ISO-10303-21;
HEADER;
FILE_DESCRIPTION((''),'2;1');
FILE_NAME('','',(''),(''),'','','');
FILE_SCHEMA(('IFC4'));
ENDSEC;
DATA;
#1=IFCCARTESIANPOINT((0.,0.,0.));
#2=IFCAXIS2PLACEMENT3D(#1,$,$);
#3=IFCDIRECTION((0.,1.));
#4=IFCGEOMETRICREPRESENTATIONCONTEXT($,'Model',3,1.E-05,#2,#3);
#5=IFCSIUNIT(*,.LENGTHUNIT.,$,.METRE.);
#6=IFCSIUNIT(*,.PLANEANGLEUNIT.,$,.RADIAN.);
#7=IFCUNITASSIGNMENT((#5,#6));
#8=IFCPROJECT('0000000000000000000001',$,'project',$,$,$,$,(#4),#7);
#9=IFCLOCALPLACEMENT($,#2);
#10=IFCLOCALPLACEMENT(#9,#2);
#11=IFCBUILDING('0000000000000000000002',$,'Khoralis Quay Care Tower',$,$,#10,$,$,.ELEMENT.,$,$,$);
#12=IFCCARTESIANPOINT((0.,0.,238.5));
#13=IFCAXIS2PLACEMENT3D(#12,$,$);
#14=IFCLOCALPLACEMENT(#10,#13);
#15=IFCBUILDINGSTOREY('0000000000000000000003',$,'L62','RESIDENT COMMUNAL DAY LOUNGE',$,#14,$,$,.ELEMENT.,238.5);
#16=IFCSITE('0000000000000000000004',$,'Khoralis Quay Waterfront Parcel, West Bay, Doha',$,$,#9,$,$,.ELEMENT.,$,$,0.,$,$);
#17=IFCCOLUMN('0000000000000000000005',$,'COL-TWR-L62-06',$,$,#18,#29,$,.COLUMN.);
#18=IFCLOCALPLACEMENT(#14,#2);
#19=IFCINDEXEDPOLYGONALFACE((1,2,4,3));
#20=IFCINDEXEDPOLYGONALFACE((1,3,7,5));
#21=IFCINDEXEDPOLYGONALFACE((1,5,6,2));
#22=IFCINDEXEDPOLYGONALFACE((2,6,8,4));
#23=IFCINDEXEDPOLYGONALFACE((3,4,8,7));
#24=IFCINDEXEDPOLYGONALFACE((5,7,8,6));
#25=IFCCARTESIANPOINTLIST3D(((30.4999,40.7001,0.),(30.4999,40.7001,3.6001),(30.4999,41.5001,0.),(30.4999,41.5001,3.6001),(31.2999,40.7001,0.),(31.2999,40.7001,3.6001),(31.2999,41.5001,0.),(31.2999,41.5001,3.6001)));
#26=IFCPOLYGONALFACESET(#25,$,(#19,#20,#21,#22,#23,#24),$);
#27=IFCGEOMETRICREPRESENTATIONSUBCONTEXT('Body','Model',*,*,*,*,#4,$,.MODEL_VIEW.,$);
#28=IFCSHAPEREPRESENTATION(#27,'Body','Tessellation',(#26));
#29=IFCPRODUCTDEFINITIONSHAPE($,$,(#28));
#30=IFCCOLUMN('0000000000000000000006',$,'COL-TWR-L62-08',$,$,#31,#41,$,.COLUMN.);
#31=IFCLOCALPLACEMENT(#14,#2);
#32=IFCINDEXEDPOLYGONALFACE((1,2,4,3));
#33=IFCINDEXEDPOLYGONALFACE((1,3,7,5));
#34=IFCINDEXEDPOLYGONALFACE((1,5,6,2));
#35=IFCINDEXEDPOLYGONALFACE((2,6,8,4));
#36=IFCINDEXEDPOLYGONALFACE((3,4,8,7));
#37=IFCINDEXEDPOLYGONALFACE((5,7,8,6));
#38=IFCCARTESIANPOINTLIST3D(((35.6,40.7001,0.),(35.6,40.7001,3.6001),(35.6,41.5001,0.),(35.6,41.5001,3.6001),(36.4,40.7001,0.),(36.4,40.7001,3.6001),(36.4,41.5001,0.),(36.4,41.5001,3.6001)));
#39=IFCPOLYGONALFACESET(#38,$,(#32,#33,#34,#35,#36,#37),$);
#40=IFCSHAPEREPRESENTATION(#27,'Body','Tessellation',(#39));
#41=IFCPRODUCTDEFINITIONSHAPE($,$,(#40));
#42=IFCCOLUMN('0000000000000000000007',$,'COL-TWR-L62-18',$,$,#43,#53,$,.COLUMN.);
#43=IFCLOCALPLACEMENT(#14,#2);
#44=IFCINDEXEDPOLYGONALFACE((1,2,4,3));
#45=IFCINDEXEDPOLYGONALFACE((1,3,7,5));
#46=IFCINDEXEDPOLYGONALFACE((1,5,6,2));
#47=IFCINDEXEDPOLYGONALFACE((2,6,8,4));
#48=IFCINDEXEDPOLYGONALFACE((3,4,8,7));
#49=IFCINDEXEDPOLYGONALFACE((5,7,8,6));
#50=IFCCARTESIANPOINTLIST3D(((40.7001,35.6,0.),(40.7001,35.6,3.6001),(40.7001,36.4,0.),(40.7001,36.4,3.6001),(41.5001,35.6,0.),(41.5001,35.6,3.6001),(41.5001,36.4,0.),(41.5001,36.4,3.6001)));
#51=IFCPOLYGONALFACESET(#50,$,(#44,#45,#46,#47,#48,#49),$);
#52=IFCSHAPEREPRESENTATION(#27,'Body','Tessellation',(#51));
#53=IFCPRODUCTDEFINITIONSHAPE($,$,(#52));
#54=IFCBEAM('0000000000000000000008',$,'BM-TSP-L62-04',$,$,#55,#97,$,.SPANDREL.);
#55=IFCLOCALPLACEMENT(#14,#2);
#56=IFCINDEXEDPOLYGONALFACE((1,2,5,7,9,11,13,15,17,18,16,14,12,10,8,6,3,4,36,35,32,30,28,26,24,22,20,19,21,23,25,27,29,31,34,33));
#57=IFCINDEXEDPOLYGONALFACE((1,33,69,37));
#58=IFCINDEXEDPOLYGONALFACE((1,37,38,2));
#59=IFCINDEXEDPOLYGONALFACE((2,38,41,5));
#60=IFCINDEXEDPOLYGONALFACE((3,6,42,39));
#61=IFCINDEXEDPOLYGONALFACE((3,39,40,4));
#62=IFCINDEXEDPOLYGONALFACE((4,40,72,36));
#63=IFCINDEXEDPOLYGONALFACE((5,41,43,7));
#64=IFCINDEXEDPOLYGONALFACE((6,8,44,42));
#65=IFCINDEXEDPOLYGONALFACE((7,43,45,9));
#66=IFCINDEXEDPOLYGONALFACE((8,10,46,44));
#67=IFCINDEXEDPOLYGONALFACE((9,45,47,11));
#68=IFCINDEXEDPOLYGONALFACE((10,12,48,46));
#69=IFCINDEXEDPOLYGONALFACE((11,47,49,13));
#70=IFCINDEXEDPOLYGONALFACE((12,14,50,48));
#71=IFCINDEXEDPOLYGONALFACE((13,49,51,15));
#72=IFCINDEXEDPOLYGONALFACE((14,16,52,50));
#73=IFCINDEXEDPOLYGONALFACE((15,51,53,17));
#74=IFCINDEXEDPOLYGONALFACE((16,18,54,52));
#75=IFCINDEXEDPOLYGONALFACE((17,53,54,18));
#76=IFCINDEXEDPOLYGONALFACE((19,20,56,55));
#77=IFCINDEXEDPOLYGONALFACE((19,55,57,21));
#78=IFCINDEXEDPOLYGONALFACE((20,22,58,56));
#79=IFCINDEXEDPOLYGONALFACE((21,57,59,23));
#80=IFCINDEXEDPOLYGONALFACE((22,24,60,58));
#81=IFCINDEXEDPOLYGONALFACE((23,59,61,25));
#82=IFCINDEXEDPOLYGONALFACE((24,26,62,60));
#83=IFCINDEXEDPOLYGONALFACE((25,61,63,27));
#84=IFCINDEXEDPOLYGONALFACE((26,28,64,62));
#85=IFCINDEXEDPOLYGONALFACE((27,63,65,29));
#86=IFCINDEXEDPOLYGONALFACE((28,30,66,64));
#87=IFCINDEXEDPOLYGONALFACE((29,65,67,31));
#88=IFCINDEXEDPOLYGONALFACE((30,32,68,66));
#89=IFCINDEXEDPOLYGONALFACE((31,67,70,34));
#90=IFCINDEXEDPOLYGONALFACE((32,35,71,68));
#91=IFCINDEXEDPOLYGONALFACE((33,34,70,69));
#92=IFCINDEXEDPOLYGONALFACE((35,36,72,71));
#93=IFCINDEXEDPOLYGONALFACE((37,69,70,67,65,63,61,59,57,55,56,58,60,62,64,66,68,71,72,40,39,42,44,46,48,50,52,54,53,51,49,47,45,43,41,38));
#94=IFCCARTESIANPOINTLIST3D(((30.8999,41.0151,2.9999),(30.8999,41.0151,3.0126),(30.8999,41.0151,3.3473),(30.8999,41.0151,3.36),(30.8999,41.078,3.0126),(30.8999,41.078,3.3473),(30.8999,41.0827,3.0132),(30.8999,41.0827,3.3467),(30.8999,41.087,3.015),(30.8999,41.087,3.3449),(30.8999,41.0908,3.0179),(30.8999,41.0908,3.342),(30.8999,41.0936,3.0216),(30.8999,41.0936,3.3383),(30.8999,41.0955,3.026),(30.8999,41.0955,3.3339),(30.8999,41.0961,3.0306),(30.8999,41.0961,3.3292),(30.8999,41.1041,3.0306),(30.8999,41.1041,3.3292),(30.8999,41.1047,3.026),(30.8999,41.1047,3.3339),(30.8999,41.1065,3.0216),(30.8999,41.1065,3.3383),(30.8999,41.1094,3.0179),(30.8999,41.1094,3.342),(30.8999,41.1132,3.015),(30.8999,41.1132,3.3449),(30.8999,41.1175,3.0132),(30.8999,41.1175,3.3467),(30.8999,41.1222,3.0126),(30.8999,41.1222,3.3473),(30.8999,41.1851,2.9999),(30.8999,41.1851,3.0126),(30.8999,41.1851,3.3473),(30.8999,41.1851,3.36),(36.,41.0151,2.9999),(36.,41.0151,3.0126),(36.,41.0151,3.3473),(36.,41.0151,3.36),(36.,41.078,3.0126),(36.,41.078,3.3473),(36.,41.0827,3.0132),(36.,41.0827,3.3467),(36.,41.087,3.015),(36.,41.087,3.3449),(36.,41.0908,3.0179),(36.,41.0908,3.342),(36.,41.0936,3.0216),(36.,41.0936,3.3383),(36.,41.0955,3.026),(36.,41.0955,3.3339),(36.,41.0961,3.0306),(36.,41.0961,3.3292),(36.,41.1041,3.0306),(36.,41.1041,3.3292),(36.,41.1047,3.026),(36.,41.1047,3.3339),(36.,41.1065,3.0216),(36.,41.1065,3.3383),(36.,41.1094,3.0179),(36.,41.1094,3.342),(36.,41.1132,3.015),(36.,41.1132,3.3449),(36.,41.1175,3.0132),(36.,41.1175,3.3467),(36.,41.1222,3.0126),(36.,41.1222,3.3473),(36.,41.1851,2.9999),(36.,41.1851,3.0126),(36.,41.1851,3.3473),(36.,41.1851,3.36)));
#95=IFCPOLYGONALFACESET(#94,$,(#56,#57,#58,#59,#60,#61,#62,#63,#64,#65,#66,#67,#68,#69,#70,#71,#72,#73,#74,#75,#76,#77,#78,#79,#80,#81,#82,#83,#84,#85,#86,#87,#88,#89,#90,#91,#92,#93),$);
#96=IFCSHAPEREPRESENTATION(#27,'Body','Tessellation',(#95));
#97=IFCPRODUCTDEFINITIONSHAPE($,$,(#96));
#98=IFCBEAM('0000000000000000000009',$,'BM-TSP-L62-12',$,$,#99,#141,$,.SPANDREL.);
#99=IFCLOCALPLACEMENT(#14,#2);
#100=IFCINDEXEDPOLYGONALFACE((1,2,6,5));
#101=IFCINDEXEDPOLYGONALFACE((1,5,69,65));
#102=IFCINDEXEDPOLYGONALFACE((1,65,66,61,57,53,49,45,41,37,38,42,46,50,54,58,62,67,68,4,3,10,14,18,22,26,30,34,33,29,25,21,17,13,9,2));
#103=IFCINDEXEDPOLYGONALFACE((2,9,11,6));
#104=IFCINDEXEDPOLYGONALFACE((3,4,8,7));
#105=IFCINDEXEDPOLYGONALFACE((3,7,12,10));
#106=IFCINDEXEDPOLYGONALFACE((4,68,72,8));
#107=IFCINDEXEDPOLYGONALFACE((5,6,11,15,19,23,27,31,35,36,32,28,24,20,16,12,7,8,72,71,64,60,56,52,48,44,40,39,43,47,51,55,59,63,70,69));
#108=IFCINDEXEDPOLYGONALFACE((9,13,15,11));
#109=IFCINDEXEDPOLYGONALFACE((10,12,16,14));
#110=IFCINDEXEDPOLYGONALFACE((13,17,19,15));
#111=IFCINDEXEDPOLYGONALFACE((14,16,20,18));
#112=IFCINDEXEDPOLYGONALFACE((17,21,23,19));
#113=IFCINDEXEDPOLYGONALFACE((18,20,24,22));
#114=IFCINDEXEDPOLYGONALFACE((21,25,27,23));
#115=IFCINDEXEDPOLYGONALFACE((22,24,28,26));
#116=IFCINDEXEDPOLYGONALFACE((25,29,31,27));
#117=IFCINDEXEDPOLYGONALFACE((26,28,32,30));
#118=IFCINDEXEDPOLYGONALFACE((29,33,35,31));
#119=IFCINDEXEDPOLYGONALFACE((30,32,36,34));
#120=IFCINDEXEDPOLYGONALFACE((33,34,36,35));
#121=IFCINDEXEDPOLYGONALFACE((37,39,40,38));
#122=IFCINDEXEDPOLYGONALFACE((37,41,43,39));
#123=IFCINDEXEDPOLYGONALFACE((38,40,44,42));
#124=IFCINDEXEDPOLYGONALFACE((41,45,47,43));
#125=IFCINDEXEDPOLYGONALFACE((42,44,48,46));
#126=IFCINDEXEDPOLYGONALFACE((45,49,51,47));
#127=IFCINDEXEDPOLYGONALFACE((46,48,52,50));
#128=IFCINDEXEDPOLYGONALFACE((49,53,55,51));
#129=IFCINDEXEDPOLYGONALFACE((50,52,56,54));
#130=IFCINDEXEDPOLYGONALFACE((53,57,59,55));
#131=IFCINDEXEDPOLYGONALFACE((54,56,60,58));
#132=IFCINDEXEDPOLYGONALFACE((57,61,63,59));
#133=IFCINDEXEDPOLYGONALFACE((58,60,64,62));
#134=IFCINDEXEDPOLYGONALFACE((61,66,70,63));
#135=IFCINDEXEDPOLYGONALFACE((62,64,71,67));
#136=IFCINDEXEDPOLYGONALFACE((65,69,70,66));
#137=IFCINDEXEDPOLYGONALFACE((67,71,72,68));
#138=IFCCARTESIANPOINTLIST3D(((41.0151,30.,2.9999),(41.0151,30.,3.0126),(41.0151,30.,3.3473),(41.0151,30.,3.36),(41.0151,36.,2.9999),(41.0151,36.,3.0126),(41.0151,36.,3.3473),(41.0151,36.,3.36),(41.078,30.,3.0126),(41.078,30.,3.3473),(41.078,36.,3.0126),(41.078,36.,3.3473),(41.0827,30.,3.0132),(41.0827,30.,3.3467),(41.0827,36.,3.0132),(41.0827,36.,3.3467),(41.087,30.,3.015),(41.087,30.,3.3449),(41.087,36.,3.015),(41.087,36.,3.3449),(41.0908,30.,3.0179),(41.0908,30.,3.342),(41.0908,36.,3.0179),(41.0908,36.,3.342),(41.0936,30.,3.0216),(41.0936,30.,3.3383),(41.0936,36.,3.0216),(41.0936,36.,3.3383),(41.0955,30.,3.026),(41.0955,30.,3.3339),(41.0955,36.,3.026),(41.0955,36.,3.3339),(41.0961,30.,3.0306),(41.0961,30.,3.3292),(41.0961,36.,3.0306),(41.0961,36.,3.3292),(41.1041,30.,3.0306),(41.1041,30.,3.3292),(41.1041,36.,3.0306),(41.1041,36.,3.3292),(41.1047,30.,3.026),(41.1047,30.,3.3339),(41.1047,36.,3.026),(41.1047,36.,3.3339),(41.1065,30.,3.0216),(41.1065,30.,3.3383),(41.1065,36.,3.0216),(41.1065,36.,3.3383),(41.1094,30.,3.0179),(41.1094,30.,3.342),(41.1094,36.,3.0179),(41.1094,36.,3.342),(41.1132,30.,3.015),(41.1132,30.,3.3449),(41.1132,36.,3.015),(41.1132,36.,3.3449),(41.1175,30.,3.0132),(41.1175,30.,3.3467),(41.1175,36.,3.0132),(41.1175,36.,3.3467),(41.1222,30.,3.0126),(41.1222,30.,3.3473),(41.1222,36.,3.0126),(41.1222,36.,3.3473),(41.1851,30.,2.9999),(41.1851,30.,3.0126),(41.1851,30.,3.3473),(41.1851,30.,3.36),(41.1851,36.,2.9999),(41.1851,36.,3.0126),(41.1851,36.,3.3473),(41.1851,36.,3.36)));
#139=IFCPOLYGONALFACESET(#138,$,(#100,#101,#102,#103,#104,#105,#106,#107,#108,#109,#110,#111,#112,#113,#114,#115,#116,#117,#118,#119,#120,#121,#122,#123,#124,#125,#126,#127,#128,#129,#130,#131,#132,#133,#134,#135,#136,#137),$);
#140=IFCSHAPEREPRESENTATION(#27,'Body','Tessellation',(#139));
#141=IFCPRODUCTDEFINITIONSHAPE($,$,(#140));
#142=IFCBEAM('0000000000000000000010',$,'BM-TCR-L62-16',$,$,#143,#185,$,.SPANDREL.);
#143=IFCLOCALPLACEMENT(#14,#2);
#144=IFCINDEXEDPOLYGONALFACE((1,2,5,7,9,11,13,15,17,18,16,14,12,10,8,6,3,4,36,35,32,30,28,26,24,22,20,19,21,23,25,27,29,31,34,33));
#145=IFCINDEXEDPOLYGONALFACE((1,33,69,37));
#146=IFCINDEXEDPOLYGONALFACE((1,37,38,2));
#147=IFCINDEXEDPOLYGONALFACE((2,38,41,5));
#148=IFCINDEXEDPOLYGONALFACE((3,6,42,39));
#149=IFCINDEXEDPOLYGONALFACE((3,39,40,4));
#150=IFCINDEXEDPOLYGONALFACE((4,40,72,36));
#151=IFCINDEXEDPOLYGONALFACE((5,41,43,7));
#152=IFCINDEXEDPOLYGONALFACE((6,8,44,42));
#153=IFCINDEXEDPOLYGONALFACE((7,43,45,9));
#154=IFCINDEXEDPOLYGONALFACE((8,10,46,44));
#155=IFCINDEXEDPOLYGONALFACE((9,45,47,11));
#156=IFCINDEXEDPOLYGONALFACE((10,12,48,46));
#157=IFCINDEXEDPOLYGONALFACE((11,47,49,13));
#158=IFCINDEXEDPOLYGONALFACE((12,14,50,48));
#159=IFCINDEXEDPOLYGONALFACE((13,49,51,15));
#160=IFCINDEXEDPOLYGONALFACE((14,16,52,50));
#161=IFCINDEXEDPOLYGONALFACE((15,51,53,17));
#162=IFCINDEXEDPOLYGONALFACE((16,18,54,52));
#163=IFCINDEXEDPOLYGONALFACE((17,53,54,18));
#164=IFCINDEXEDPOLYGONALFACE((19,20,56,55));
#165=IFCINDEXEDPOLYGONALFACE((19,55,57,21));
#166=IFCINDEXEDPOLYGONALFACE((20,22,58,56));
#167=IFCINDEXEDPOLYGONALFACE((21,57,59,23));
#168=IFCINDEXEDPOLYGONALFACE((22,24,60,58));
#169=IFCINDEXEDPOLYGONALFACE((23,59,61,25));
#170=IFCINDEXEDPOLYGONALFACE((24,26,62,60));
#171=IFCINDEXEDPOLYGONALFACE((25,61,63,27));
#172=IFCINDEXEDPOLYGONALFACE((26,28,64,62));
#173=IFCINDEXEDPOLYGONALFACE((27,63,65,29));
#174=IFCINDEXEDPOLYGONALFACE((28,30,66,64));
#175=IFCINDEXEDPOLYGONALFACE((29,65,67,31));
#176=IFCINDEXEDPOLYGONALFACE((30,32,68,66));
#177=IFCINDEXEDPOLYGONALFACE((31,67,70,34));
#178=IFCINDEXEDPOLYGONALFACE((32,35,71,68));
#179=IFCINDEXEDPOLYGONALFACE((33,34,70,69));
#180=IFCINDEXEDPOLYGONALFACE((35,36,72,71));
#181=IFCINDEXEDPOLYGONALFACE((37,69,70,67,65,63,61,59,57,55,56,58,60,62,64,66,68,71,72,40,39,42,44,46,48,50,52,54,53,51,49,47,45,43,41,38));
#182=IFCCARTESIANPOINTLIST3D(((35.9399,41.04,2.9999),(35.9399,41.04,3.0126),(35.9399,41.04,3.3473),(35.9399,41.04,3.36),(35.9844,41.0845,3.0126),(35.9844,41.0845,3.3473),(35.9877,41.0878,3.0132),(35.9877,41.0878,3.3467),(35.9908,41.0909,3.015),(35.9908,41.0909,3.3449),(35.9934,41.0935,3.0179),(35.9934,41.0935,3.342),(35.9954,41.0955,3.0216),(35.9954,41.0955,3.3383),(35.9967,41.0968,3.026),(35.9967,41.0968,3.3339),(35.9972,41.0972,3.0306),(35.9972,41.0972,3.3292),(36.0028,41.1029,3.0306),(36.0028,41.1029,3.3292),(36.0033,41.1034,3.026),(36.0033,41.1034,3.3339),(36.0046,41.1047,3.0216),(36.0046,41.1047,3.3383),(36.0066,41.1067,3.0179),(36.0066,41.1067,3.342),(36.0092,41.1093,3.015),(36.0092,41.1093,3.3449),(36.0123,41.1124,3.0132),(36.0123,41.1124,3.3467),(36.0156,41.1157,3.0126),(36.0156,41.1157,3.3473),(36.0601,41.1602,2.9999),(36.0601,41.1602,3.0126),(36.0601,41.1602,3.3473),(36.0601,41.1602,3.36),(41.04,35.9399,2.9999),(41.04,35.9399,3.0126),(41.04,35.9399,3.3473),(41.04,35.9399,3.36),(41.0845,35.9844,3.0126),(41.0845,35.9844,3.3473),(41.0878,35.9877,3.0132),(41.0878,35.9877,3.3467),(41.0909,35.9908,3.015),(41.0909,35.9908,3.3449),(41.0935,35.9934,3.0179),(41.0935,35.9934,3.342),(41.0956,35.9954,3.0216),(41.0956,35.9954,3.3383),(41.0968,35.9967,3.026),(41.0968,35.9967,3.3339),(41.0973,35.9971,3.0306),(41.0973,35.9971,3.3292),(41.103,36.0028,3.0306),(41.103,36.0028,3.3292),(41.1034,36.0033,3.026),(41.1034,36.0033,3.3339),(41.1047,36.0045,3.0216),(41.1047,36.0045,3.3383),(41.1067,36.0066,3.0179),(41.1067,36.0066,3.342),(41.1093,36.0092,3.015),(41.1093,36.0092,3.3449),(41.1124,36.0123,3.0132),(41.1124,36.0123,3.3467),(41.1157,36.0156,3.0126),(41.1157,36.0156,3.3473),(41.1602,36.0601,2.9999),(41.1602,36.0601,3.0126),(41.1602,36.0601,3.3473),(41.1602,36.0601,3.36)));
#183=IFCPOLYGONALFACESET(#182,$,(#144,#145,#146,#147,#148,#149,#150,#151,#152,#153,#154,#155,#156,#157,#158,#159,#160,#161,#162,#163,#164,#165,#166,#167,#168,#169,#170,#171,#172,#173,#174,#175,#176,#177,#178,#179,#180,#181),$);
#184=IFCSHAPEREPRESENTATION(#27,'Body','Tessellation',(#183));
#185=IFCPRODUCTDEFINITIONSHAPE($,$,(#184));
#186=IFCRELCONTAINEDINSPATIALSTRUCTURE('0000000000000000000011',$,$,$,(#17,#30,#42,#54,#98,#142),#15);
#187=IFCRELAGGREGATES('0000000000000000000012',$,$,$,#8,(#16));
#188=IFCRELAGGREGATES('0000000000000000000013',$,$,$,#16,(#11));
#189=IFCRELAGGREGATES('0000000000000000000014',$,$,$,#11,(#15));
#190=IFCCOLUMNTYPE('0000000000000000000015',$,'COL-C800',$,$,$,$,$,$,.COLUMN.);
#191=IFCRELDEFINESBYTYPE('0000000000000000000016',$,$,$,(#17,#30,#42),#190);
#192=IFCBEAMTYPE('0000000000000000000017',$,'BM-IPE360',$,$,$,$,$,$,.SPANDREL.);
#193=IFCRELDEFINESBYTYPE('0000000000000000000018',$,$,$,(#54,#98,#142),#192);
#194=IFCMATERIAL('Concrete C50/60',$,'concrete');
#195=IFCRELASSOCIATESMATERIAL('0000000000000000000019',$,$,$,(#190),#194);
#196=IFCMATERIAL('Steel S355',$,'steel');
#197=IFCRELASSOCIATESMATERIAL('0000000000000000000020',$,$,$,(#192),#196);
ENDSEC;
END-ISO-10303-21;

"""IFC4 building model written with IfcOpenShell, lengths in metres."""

from ifc_helpers import new_model, si_unit, direction, frame, origin, origin_2d, place, context, subcontext, project, spatial, rectangle, i_section, extrude, source, transform, mapped, material, material_profile, profile_set, type_object, element, save


model = new_model("IFC4")

# Units and contexts
model_context = context("Model", 3, precision=1e-05, world=origin(), true_north=direction((0.0, 1.0)))
body_context = subcontext(model_context, "Body", "Model", "MODEL_VIEW")
ifc_project = project(units=[si_unit("LENGTHUNIT", "METRE"), si_unit("PLANEANGLEUNIT", "RADIAN")], contexts=[model_context])

# Site, building, storey
site_placement = place(None, origin())
site = spatial("IfcSite", under=ifc_project, at=site_placement, Name="Khoralis Quay Waterfront Parcel, West Bay, Doha", CompositionType="ELEMENT", RefElevation=0.0)
building_placement = place(site_placement, origin())
building = spatial("IfcBuilding", under=site, at=building_placement, Name="Khoralis Quay Care Tower", CompositionType="ELEMENT")
storey_placement = place(building_placement, frame((0.0, 0.0, 238.5)))
storey = spatial("IfcBuildingStorey", under=building, at=storey_placement, Name="L62", Description="RESIDENT COMMUNAL DAY LOUNGE", CompositionType="ELEMENT", Elevation=238.5)

# Columns
ifc_material_1 = material(Name="Concrete C50/60", Category="concrete")
ifc_material_profile_1 = material_profile(ifc_material_1, rectangle(XDim=0.8, YDim=0.8, at=origin_2d()), Name="Concrete C50/60")
ifc_profile_set_1 = profile_set([ifc_material_profile_1], Name="Concrete C50/60")
column_type = type_object("IfcColumnType", Name="COL-C800", PredefinedType="COLUMN", material=ifc_profile_set_1)
shared_shape_1 = source(origin(), body_context, "Body", "SweptSolid", [
    extrude(rectangle(XDim=0.8, YDim=0.8, at=origin_2d()), origin(), (0.0, 0.0, 1.0), 3.6001),
])
for number, where, z_axis, x_axis, name in (
    (1, (30.8999, 41.1001, 0.0), (0.0, 0.0, 1.0), (1.0, 0.0, 0.0), "COL-TWR-L62-06"),
    (2, (36.0, 41.1001, 0.0), (0.0, 0.0, 1.0), (1.0, 0.0, 0.0), "COL-TWR-L62-08"),
    (3, (41.1001, 36.0, 0.0), (0.0, 0.0, 1.0), (1.0, 0.0, 0.0), "COL-TWR-L62-18"),
):
    element("IfcColumn", number, at=place(storey_placement, frame(where, z_axis=z_axis, x_axis=x_axis)), inside=storey, type_object=column_type, Name=name, PredefinedType="COLUMN", context=body_context, shape_type="MappedRepresentation", body=[
        mapped(shared_shape_1, transform((0.0, 0.0, 0.0), scale=1.0)),
    ])

# Beams
ifc_material_2 = material(Name="Steel S355", Category="steel")
ifc_material_profile_2 = material_profile(ifc_material_2, i_section(OverallWidth=0.1699, OverallDepth=0.3601, WebThickness=0.0081, FlangeThickness=0.0127, FilletRadius=0.0181, at=origin_2d()), Name="Steel S355")
ifc_profile_set_2 = profile_set([ifc_material_profile_2], Name="Steel S355")
beam_type_1 = type_object("IfcBeamType", Name="BM-IPE360", PredefinedType="SPANDREL", material=ifc_profile_set_2)
shared_shape_2 = source(origin(), body_context, "Body", "SweptSolid", [
    extrude(i_section(OverallWidth=0.1699, OverallDepth=0.3601, WebThickness=0.0081, FlangeThickness=0.0127, FilletRadius=0.0181, at=origin_2d()), origin(), (0.0, 0.0, 1.0), 5.1001),
])
beam_1_placement = place(storey_placement, frame((30.8999, 41.1001, 3.1799), z_axis=(1.0, 0.0, 0.0), x_axis=(0.0, 1.0, 0.0)))
element("IfcBeam", 4, at=beam_1_placement, inside=storey, type_object=beam_type_1, Name="BM-TSP-L62-04", PredefinedType="SPANDREL", context=body_context, shape_type="MappedRepresentation", body=[
    mapped(shared_shape_2, transform((0.0, 0.0, 0.0), scale=1.0)),
])
shared_shape_3 = source(origin(), body_context, "Body", "SweptSolid", [
    extrude(i_section(OverallWidth=0.1699, OverallDepth=0.3601, WebThickness=0.0081, FlangeThickness=0.0127, FilletRadius=0.0181, at=origin_2d()), origin(), (0.0, 0.0, 1.0), 6.0),
])
beam_2_placement = place(storey_placement, frame((41.1001, 30.0, 3.1799), z_axis=(0.0, 1.0, 0.0), x_axis=(-1.0, 0.0, 0.0)))
element("IfcBeam", 5, at=beam_2_placement, inside=storey, type_object=beam_type_1, Name="BM-TSP-L62-12", PredefinedType="SPANDREL", context=body_context, shape_type="MappedRepresentation", body=[
    mapped(shared_shape_3, transform((0.0, 0.0, 0.0), scale=1.0)),
])
shared_shape_4 = source(origin(), body_context, "Body", "SweptSolid", [
    extrude(i_section(OverallWidth=0.1699, OverallDepth=0.3601, WebThickness=0.0081, FlangeThickness=0.0127, FilletRadius=0.0181, at=origin_2d()), origin(), (0.0, 0.0, 1.0), 7.2126),
])
beam_3_placement = place(storey_placement, frame((36.0, 41.1001, 3.1799), z_axis=(0.707107, -0.707107, 0.0), x_axis=(0.707107, 0.707107, 0.0)))
element("IfcBeam", 6, at=beam_3_placement, inside=storey, type_object=beam_type_1, Name="BM-TCR-L62-16", PredefinedType="SPANDREL", context=body_context, shape_type="MappedRepresentation", body=[
    mapped(shared_shape_4, transform((0.0, 0.0, 0.0), scale=1.0)),
])

save(model, "model.ifc")
